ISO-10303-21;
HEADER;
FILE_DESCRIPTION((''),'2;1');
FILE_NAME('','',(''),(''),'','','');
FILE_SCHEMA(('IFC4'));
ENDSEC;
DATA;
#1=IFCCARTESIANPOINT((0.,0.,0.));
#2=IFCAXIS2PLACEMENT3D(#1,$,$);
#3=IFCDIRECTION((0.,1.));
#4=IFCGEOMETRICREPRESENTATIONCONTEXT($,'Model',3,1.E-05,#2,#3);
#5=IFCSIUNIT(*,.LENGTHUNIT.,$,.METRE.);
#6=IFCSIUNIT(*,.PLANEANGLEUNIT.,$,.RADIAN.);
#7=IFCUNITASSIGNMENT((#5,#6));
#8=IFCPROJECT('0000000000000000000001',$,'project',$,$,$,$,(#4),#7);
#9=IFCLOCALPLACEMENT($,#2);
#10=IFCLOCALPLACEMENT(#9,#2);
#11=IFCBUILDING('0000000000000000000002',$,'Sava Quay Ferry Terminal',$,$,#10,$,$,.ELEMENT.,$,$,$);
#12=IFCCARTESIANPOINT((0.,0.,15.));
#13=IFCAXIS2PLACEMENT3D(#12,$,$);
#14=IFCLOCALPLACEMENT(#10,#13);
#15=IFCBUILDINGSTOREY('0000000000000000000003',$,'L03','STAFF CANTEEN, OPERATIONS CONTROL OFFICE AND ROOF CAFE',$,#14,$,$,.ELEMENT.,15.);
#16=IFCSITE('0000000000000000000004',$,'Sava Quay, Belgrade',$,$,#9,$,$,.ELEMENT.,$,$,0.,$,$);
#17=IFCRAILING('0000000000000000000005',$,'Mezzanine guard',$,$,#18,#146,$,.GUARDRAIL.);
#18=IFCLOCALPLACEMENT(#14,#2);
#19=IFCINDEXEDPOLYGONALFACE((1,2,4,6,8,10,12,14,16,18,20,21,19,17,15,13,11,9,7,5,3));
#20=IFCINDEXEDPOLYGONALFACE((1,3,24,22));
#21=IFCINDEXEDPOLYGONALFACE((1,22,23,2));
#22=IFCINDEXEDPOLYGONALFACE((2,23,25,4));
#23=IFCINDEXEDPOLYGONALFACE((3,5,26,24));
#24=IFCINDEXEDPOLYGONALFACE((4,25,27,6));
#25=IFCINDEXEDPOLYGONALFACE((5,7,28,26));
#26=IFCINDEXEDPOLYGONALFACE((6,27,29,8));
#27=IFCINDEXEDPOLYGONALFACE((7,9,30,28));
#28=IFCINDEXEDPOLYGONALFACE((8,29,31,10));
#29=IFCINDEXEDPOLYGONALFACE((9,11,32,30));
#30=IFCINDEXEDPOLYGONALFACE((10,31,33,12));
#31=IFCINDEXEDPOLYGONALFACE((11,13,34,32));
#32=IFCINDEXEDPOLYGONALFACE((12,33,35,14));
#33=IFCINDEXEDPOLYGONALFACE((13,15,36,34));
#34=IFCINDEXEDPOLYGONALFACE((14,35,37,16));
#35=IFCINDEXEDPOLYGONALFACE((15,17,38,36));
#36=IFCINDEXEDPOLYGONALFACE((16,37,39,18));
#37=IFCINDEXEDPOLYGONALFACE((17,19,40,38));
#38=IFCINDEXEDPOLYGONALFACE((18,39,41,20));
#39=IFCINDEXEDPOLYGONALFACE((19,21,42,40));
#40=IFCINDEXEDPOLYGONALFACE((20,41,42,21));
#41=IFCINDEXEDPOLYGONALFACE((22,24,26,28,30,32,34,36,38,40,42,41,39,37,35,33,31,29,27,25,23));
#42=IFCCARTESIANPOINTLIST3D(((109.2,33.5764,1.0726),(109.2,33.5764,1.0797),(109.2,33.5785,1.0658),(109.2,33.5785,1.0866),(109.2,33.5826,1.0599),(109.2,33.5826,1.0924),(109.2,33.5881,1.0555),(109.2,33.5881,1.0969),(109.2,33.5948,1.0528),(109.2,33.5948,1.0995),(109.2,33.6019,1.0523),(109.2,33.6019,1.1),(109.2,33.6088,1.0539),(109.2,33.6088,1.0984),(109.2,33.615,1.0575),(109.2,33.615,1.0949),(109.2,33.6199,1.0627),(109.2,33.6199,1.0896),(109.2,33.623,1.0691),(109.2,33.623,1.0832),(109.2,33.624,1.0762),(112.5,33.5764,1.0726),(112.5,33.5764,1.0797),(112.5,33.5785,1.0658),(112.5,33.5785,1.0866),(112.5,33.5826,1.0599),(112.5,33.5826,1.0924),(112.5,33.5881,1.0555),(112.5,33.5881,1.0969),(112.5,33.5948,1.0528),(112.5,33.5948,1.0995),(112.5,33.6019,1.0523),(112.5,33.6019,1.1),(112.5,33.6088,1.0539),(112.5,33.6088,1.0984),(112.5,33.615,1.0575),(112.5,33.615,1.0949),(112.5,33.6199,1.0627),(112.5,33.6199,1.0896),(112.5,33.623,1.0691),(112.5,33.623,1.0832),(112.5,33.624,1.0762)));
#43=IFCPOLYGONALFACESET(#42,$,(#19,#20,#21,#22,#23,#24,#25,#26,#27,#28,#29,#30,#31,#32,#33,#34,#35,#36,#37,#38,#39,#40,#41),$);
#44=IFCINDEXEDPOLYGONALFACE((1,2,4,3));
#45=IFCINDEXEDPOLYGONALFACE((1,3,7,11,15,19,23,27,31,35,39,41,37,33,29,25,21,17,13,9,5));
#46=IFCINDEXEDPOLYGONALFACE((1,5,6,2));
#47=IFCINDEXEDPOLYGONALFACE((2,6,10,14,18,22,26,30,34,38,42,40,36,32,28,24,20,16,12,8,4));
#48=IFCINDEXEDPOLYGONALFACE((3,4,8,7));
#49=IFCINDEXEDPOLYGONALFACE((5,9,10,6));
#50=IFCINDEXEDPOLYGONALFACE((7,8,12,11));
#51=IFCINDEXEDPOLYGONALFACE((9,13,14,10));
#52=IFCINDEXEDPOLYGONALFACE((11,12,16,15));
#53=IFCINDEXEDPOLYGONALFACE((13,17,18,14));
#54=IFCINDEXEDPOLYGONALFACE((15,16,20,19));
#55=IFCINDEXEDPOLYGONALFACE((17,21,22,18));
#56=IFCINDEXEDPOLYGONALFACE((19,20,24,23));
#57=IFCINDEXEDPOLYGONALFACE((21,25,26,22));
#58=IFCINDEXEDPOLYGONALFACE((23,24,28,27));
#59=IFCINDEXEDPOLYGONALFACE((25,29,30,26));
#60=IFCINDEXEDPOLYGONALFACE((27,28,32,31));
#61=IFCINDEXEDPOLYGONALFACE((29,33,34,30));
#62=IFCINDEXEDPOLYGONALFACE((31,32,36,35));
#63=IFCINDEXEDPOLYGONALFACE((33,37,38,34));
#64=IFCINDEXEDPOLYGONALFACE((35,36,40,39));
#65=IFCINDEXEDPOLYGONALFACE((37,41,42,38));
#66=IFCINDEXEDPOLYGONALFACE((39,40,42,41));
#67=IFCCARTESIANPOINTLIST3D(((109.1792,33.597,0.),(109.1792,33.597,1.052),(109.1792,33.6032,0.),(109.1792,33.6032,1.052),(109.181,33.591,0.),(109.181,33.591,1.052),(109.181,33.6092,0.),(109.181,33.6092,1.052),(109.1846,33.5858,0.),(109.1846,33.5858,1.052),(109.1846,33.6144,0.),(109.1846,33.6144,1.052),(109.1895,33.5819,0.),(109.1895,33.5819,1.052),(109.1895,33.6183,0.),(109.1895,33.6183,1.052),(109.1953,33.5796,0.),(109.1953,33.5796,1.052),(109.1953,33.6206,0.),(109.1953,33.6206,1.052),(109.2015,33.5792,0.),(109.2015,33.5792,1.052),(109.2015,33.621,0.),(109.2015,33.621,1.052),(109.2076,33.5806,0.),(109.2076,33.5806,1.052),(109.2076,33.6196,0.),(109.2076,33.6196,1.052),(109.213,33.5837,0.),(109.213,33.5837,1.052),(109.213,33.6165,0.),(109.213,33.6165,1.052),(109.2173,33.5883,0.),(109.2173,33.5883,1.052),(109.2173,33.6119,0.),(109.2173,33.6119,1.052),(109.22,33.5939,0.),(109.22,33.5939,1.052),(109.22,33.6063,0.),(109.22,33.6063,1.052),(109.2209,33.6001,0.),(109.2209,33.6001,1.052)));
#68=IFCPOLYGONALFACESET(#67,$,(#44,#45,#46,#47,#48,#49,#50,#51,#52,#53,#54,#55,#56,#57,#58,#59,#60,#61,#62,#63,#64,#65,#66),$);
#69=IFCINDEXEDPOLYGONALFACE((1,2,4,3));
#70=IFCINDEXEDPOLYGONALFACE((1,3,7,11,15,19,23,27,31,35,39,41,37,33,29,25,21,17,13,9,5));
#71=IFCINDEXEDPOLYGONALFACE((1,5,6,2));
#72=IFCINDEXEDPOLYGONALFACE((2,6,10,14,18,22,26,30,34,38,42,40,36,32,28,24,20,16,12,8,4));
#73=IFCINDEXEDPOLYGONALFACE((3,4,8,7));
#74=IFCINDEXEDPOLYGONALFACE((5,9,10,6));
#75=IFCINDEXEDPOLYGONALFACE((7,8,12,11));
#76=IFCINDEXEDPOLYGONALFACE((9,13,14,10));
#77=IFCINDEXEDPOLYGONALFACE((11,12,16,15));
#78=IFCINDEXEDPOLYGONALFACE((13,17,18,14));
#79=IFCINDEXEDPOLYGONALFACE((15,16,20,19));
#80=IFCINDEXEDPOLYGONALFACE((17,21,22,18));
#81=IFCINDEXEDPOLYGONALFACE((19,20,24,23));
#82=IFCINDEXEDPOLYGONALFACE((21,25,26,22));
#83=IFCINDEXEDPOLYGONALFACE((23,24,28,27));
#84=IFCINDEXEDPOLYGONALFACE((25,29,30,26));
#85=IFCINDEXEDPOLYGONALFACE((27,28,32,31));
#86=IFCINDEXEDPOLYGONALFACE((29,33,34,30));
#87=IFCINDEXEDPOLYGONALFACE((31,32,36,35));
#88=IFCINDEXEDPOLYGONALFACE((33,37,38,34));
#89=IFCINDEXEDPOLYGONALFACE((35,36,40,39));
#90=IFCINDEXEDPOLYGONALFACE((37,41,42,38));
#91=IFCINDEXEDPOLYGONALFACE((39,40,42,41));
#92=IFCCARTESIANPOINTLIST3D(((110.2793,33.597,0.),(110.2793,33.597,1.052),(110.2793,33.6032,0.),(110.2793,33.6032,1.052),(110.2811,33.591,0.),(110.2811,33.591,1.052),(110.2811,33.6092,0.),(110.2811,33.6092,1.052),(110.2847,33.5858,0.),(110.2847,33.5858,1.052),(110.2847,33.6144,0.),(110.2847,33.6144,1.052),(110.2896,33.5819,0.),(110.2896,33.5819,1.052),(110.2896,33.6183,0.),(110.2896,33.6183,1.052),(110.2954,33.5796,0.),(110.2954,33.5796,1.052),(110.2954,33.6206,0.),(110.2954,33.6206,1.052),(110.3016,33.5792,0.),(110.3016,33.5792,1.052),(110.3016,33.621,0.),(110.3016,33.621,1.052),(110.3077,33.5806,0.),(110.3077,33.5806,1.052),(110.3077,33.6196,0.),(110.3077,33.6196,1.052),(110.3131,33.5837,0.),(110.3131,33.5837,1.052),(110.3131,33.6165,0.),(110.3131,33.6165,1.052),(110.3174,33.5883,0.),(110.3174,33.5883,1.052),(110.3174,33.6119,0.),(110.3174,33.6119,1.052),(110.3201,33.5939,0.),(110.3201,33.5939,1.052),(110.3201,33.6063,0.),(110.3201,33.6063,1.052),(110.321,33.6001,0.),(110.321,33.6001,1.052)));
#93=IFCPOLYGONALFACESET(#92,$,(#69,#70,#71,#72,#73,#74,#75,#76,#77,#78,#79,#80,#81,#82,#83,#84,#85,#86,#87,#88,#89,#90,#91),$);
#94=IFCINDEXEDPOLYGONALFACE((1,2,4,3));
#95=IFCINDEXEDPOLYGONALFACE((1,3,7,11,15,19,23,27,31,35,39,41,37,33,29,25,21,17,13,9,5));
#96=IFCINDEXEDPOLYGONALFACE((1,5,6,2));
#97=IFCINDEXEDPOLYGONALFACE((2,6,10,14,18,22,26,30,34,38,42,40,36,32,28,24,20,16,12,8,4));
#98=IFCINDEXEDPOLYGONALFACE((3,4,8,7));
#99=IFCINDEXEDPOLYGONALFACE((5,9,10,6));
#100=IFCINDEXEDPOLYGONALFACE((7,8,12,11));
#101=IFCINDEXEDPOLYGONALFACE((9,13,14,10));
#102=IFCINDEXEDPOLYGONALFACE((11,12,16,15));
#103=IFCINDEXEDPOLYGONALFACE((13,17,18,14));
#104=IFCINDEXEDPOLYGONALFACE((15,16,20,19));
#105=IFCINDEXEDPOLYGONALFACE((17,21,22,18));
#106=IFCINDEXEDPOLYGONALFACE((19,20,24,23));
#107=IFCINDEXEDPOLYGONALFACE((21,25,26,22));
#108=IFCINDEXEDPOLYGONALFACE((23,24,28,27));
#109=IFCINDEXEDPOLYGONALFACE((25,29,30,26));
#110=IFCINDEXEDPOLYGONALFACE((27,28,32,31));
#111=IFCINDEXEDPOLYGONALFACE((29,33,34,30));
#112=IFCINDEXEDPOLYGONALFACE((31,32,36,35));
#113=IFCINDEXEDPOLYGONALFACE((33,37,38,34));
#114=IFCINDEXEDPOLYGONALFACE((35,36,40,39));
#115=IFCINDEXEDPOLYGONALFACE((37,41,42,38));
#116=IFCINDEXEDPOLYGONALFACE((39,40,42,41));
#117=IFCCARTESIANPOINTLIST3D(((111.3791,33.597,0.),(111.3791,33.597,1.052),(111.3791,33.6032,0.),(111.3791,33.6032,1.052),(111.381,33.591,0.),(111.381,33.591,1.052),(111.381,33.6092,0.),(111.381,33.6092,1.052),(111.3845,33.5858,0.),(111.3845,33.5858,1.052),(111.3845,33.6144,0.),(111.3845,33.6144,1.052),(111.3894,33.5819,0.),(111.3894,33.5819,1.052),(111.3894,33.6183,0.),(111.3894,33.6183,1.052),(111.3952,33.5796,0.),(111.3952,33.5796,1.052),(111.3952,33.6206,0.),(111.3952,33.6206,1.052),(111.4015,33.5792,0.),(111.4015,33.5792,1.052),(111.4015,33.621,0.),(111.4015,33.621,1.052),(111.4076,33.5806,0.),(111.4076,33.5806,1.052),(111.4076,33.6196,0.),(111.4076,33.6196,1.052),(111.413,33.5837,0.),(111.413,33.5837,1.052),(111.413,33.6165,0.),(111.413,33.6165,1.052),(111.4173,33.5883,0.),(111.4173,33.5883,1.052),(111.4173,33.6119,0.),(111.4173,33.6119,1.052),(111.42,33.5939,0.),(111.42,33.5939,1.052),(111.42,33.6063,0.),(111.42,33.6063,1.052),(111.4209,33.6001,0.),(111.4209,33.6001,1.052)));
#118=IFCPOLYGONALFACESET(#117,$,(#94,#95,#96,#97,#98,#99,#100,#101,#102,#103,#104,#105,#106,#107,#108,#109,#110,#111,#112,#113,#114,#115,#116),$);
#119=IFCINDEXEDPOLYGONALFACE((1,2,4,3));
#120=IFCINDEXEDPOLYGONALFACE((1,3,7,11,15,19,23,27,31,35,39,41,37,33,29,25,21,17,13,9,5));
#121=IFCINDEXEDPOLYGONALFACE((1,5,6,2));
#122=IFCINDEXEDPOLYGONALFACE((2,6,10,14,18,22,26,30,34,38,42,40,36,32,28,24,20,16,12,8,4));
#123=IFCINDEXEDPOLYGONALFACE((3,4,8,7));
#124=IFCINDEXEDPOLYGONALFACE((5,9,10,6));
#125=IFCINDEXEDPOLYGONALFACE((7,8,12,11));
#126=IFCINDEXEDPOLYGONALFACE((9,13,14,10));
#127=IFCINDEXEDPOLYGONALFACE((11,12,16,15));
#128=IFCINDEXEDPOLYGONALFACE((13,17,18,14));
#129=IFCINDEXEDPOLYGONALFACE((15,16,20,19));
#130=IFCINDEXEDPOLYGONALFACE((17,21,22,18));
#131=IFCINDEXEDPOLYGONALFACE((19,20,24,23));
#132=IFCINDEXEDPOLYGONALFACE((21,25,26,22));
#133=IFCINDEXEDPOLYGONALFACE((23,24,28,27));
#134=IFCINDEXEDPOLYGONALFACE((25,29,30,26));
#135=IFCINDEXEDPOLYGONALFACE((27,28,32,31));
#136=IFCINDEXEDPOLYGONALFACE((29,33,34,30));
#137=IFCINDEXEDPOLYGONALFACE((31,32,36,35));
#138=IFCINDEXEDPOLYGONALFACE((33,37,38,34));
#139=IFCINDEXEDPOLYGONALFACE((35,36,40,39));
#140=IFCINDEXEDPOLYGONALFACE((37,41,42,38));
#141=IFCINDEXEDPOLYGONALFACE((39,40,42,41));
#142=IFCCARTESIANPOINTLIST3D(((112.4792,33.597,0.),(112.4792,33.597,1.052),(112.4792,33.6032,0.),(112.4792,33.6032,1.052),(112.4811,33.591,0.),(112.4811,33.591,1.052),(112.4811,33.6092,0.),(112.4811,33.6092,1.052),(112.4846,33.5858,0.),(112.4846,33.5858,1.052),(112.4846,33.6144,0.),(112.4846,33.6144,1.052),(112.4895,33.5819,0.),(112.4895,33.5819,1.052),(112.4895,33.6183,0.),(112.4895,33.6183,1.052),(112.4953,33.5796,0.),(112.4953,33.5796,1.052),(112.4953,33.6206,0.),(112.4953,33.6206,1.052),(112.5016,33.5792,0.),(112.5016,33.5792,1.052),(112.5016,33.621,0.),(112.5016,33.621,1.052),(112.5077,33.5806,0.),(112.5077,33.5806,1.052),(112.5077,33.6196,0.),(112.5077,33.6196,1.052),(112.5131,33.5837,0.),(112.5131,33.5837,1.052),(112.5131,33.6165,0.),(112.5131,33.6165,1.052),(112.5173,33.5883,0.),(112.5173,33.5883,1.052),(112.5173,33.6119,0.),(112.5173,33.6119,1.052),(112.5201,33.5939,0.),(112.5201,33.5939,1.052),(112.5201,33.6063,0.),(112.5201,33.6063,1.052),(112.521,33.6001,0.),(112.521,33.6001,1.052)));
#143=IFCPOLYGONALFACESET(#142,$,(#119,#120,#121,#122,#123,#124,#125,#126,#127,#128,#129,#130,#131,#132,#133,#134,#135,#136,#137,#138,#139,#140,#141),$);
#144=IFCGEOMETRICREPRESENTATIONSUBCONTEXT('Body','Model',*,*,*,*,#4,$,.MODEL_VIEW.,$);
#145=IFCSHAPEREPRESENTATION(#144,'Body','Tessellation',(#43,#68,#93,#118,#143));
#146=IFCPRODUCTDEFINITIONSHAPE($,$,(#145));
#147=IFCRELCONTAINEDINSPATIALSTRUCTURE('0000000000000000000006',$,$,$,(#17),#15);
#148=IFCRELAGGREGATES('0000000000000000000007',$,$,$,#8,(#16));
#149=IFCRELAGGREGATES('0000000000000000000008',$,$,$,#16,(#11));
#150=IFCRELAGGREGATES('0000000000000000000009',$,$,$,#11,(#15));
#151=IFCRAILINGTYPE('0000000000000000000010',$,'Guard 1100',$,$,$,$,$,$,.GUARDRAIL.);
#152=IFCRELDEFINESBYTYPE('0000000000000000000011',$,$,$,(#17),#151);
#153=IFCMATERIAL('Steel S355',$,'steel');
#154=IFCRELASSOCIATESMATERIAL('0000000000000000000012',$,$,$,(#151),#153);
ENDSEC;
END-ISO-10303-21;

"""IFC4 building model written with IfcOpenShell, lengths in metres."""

from ifc_helpers import new_model, si_unit, direction, frame, origin, origin_2d, place, context, subcontext, project, spatial, circle, extrude, material, type_object, element, save


model = new_model("IFC4")

# Units and contexts
model_context = context("Model", 3, precision=1e-05, world=origin(), true_north=direction((0.0, 1.0)))
body_context = subcontext(model_context, "Body", "Model", "MODEL_VIEW")
ifc_project = project(units=[si_unit("LENGTHUNIT", "METRE"), si_unit("PLANEANGLEUNIT", "RADIAN")], contexts=[model_context])

# Site, building, storey
site_placement = place(None, origin())
site = spatial("IfcSite", under=ifc_project, at=site_placement, Name="Sava Quay, Belgrade", CompositionType="ELEMENT", RefElevation=0.0)
building_placement = place(site_placement, origin())
building = spatial("IfcBuilding", under=site, at=building_placement, Name="Sava Quay Ferry Terminal", CompositionType="ELEMENT")
storey_placement = place(building_placement, frame((0.0, 0.0, 15.0)))
storey = spatial("IfcBuildingStorey", under=building, at=storey_placement, Name="L03", Description="STAFF CANTEEN, OPERATIONS CONTROL OFFICE AND ROOF CAFE", CompositionType="ELEMENT", Elevation=15.0)

# Railing
ifc_material_1 = material(Name="Steel S355", Category="steel")
railing_type = type_object("IfcRailingType", Name="Guard 1100", PredefinedType="GUARDRAIL", material=ifc_material_1)
railing_1_placement = place(storey_placement, frame((109.2, 33.6001, 0.0)))
element("IfcRailing", 1, at=railing_1_placement, inside=storey, type_object=railing_type, Name="Mezzanine guard", PredefinedType="GUARDRAIL", context=body_context, shape_type="SweptSolid", body=[
    extrude(circle(Radius=0.0239, at=origin_2d()), frame((0.0, 0.0, 1.0762), z_axis=(1.0, 0.0, 0.0), x_axis=(0.0, 1.0, 0.0)), (0.0, 0.0, 1.0), 3.3),
    extrude(circle(Radius=0.021, at=origin_2d()), origin(), (0.0, 0.0, 1.0), 1.052),
    extrude(circle(Radius=0.021, at=origin_2d()), frame((1.1001, 0.0, 0.0)), (0.0, 0.0, 1.0), 1.052),
    extrude(circle(Radius=0.021, at=origin_2d()), frame((2.2, 0.0, 0.0)), (0.0, 0.0, 1.0), 1.052),
    extrude(circle(Radius=0.021, at=origin_2d()), frame((3.3, 0.0, 0.0)), (0.0, 0.0, 1.0), 1.052),
])

save(model, "model.ifc")
